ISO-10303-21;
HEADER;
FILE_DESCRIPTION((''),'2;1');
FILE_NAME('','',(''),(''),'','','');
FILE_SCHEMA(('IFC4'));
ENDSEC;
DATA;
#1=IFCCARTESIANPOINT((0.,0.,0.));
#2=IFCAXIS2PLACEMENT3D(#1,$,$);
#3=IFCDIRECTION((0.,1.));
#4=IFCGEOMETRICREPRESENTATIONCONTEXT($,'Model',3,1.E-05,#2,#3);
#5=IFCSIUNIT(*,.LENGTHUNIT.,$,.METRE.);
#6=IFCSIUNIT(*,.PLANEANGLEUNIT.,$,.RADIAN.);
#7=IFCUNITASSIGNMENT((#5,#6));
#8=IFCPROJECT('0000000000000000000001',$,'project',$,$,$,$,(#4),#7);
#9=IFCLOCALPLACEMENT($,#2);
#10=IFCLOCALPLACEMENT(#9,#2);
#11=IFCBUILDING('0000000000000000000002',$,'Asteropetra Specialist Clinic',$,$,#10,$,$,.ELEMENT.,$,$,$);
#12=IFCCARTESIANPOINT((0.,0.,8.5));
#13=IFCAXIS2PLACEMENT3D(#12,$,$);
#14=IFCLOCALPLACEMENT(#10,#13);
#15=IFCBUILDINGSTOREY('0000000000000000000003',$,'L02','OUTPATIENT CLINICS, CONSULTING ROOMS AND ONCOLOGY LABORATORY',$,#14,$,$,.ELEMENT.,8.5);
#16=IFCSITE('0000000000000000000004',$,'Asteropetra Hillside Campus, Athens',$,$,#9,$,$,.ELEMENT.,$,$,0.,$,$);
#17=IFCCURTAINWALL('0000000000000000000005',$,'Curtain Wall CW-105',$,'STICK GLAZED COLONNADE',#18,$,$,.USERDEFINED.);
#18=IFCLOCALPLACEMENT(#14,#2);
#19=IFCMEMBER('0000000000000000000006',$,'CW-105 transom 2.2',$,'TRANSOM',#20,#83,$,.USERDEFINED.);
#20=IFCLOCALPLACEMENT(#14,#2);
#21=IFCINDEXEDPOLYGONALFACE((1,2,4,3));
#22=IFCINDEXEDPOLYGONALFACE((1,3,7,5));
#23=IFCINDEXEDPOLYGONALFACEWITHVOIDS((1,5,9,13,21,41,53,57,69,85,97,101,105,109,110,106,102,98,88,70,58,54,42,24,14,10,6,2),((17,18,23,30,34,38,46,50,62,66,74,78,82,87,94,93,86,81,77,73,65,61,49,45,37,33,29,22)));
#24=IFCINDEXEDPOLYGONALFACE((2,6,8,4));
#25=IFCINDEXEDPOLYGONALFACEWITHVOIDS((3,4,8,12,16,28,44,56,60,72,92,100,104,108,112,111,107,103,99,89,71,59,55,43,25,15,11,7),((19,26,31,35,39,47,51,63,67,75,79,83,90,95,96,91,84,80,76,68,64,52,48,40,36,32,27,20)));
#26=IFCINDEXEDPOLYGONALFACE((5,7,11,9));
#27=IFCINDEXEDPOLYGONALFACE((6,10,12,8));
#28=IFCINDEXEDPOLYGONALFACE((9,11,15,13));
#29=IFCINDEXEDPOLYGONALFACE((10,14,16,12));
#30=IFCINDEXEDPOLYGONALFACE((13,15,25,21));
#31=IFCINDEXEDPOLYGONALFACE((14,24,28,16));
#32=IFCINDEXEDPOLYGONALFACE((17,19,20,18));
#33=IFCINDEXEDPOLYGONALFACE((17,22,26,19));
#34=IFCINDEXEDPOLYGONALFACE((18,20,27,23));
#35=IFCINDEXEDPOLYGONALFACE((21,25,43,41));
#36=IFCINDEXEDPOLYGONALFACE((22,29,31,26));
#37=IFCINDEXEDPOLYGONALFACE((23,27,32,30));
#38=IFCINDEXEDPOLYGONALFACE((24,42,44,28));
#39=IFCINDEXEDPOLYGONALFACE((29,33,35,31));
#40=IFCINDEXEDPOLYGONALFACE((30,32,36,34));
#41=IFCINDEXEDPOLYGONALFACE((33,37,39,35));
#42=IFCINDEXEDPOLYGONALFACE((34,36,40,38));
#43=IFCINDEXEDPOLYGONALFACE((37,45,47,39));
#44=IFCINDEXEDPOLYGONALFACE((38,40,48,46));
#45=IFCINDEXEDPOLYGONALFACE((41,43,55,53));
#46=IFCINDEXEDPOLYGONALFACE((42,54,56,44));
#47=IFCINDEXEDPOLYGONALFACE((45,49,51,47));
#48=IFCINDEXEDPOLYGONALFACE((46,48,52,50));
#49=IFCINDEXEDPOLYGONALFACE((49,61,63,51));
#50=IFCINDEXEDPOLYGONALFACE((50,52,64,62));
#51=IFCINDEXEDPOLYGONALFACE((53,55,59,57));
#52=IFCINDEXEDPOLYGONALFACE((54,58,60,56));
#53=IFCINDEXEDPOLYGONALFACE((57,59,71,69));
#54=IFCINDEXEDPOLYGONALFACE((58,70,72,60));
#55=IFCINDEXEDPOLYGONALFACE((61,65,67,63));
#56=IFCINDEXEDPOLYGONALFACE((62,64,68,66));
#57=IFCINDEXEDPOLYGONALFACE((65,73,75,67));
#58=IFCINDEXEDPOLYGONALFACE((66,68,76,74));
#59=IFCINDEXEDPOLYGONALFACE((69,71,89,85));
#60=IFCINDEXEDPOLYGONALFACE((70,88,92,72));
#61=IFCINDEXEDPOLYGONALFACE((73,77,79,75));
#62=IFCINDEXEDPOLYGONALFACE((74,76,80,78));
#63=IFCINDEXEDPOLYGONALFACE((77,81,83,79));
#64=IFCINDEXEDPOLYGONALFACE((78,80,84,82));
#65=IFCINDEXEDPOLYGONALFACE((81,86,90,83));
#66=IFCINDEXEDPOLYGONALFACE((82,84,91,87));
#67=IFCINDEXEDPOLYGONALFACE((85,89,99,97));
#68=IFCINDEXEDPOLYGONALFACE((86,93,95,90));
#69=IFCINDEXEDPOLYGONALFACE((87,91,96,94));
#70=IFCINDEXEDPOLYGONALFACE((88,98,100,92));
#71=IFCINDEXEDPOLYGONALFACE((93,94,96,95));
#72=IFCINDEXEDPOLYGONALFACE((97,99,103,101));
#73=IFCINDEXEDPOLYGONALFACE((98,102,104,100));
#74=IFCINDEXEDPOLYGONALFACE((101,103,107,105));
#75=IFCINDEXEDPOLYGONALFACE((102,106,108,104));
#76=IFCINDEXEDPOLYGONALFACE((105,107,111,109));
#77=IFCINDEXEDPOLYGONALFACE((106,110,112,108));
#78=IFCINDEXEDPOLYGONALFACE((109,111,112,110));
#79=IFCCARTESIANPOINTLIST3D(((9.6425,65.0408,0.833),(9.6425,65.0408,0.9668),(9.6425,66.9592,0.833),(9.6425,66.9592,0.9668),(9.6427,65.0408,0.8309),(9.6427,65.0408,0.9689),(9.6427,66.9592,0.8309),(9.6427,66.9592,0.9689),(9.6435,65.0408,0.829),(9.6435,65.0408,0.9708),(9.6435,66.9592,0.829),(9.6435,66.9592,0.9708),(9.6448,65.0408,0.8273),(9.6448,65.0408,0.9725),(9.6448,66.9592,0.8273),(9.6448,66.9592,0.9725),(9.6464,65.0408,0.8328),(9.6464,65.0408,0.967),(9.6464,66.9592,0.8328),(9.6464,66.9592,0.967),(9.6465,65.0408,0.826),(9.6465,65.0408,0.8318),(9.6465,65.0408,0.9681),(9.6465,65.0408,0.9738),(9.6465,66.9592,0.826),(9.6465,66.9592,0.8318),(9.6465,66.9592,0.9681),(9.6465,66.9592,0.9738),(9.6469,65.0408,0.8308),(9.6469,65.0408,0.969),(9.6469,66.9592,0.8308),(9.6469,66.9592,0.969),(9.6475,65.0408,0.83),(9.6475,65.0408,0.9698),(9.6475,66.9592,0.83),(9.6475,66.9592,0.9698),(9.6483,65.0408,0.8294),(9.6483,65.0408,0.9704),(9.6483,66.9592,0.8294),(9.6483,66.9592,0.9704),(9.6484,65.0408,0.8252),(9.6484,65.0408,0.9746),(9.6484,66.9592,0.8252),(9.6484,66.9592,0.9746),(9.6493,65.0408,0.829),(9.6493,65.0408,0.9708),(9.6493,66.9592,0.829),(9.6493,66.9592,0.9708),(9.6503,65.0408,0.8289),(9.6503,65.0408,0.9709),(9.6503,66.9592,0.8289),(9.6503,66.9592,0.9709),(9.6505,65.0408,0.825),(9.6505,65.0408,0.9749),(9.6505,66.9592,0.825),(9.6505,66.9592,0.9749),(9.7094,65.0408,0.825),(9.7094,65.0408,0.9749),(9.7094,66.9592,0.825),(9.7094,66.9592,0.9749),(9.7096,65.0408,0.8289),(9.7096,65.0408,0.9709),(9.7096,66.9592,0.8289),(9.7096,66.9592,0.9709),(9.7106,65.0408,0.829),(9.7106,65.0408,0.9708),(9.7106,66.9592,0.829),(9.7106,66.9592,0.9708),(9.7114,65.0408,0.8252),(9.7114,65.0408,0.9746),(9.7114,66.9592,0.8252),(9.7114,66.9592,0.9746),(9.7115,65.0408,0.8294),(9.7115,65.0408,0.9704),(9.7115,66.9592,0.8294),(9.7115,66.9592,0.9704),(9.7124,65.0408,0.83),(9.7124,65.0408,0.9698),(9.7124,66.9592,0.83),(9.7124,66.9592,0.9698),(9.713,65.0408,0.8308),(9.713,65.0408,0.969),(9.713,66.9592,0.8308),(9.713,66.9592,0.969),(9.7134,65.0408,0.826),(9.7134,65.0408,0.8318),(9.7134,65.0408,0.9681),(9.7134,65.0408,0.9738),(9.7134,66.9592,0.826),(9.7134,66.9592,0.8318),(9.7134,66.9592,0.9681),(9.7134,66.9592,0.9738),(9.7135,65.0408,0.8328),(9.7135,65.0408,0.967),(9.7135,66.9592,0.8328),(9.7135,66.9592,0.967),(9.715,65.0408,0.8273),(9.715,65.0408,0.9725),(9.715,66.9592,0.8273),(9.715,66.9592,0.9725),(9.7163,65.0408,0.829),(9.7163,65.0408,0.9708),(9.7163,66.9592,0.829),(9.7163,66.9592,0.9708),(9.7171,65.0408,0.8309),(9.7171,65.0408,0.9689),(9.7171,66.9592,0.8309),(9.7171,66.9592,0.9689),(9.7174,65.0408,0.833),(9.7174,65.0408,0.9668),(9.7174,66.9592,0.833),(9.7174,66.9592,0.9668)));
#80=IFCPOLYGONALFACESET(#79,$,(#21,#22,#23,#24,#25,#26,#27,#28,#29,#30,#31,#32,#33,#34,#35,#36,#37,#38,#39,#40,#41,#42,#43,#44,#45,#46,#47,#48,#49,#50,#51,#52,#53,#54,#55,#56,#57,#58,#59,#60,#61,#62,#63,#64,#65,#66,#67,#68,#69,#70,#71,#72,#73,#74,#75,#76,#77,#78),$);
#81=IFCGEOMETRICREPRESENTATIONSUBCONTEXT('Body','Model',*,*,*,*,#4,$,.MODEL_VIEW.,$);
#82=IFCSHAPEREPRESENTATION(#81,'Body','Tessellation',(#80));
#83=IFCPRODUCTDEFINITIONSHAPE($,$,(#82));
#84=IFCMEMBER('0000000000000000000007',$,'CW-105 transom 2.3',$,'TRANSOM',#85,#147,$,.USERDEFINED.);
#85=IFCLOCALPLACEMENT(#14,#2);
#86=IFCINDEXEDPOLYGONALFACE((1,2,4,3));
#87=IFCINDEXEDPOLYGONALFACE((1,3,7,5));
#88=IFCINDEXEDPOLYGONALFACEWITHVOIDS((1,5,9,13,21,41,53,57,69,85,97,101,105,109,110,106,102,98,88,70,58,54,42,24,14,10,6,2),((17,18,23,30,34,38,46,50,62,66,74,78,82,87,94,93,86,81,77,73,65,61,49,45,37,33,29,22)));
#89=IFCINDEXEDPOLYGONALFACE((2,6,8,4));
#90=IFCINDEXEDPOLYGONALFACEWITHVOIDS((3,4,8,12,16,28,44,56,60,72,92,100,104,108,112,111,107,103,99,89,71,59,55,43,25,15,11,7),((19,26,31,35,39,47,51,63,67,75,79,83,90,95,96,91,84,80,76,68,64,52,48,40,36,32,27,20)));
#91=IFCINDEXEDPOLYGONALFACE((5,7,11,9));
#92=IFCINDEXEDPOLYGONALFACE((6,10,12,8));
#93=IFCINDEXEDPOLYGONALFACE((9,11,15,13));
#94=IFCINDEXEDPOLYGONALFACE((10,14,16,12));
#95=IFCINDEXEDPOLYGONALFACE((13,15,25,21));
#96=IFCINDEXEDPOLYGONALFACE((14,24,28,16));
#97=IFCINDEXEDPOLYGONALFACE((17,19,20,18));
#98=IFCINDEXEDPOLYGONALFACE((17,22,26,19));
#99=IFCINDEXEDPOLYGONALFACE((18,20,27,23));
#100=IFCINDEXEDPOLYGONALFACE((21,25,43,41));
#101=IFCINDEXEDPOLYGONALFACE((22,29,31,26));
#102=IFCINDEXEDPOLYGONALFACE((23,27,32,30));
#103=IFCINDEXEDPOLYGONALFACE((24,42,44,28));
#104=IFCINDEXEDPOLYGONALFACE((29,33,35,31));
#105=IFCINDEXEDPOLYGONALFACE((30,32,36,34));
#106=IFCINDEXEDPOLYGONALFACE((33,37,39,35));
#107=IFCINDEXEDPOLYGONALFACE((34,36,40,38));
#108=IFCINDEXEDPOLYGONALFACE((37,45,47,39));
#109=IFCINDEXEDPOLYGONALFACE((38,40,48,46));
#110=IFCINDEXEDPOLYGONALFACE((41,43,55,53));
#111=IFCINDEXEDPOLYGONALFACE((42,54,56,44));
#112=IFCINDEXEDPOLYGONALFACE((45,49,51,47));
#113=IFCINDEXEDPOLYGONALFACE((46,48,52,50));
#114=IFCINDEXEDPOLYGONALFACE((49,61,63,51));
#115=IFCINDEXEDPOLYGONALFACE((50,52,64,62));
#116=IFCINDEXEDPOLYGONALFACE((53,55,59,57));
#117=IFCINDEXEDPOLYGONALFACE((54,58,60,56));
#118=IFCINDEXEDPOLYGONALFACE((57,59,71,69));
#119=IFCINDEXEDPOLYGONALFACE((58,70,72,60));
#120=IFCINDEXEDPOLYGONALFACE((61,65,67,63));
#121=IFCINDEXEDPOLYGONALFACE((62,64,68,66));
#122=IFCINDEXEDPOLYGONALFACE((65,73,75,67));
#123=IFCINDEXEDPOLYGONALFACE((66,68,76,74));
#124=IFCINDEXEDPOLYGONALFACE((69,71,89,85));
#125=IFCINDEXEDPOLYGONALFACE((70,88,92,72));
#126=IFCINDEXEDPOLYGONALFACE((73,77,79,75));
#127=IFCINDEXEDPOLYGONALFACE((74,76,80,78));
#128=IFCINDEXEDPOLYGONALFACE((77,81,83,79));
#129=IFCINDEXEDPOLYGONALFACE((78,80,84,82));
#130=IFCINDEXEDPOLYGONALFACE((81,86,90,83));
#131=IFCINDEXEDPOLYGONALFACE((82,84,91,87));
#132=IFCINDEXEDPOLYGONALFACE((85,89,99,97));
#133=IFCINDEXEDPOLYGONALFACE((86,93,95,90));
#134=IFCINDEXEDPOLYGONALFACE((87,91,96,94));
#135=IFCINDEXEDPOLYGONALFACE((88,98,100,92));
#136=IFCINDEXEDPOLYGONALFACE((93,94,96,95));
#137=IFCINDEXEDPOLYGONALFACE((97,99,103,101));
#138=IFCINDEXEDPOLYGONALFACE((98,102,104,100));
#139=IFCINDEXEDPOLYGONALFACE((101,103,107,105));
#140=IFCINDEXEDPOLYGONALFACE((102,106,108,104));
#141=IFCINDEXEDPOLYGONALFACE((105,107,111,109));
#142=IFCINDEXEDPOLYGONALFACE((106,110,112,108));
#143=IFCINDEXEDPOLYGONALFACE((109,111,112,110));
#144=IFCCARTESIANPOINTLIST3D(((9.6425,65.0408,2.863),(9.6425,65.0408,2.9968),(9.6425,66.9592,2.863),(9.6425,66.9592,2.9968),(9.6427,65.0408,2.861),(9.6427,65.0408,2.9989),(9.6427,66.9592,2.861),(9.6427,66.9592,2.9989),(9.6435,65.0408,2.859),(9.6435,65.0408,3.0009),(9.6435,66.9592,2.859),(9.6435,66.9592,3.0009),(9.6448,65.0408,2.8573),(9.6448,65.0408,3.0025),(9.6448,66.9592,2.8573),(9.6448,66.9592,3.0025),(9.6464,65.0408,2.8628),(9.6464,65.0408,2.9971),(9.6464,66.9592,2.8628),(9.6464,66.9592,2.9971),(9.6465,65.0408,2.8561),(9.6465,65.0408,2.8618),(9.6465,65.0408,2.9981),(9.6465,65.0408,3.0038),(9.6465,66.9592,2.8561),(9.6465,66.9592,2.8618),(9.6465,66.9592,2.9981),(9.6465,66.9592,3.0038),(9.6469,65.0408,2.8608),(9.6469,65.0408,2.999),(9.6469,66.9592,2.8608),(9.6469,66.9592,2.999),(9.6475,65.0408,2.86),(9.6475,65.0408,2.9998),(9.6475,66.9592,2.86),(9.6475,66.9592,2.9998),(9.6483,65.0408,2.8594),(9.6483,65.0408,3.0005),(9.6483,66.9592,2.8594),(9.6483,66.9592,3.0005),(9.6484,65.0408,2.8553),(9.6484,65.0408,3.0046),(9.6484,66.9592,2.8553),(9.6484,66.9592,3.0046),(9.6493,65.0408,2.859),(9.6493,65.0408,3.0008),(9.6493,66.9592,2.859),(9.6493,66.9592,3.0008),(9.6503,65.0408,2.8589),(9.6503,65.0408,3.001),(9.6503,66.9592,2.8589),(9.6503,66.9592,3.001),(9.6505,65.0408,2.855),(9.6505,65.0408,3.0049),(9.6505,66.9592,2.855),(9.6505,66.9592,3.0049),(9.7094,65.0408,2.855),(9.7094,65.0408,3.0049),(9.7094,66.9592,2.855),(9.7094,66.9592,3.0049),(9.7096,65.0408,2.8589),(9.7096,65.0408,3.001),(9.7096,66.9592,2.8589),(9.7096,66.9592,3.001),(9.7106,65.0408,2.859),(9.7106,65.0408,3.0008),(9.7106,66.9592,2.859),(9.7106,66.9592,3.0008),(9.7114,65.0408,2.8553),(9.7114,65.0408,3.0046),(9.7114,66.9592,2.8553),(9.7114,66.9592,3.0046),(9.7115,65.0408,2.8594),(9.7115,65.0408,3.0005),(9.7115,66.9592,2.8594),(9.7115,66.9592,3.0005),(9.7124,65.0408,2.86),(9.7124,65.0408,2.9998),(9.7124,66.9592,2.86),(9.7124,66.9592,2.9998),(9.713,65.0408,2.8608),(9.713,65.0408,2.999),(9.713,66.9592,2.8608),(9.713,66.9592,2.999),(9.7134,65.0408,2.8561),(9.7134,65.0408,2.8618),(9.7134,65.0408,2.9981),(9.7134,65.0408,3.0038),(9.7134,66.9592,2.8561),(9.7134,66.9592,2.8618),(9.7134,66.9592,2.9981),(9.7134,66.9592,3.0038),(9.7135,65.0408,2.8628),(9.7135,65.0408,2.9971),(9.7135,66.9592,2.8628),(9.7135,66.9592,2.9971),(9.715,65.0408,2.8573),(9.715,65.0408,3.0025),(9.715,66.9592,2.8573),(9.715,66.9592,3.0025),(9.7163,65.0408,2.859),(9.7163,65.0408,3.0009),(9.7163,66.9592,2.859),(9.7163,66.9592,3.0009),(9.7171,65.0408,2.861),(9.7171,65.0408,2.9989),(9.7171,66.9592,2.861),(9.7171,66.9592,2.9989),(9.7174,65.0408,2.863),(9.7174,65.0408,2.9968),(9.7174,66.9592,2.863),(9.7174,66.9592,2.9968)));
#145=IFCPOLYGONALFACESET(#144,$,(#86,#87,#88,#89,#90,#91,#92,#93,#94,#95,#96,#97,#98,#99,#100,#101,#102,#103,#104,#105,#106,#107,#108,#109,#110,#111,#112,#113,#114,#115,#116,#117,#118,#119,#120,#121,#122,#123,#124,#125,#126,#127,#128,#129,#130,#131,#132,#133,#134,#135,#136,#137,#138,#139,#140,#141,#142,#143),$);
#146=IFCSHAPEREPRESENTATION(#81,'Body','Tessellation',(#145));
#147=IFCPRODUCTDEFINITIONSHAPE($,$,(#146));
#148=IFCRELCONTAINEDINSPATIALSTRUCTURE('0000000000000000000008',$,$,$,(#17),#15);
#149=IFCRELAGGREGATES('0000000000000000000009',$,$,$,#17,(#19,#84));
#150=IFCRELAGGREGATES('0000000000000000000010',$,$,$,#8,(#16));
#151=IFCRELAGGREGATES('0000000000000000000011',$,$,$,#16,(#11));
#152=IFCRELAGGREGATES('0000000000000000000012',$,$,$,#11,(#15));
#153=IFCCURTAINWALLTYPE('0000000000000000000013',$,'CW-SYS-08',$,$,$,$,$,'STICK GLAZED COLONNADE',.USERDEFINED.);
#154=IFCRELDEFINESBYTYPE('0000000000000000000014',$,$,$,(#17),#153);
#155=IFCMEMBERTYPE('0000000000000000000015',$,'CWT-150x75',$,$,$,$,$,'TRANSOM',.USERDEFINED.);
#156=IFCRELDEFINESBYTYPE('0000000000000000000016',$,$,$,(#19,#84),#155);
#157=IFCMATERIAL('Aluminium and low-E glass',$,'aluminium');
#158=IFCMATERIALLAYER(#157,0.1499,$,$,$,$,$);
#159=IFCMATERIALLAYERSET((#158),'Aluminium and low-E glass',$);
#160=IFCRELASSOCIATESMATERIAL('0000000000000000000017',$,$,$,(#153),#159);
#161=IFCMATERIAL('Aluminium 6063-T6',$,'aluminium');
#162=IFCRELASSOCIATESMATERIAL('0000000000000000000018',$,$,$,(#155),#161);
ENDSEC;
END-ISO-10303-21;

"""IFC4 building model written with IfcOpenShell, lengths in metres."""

from ifc_helpers import new_model, si_unit, direction, frame, origin, origin_2d, place, context, subcontext, project, spatial, hollow_rectangle, extrude, material, layer, layer_set, material_profile, profile_set, type_object, element, aggregate, save


model = new_model("IFC4")

# Units and contexts
model_context = context("Model", 3, precision=1e-05, world=origin(), true_north=direction((0.0, 1.0)))
body_context = subcontext(model_context, "Body", "Model", "MODEL_VIEW")
ifc_project = project(units=[si_unit("LENGTHUNIT", "METRE"), si_unit("PLANEANGLEUNIT", "RADIAN")], contexts=[model_context])

# Site, building, storey
site_placement = place(None, origin())
site = spatial("IfcSite", under=ifc_project, at=site_placement, Name="Asteropetra Hillside Campus, Athens", CompositionType="ELEMENT", RefElevation=0.0)
building_placement = place(site_placement, origin())
building = spatial("IfcBuilding", under=site, at=building_placement, Name="Asteropetra Specialist Clinic", CompositionType="ELEMENT")
storey_placement = place(building_placement, frame((0.0, 0.0, 8.5)))
storey = spatial("IfcBuildingStorey", under=building, at=storey_placement, Name="L02", Description="OUTPATIENT CLINICS, CONSULTING ROOMS AND ONCOLOGY LABORATORY", CompositionType="ELEMENT", Elevation=8.5)

# Curtain wall, members
ifc_material_1 = material(Name="Aluminium and low-E glass", Category="aluminium")
ifc_layer_1 = layer(ifc_material_1, 0.1499)
ifc_layer_set_1 = layer_set([ifc_layer_1], Name="Aluminium and low-E glass")
curtain_wall_type = type_object("IfcCurtainWallType", Name="CW-SYS-08", ElementType="STICK GLAZED COLONNADE", PredefinedType="USERDEFINED", material=ifc_layer_set_1)
curtain_wall_placement = place(storey_placement, origin())
curtain_wall = element("IfcCurtainWall", 1, at=curtain_wall_placement, inside=storey, type_object=curtain_wall_type, Name="Curtain Wall CW-105", ObjectType="STICK GLAZED COLONNADE", PredefinedType="USERDEFINED")
ifc_material_2 = material(Name="Aluminium 6063-T6", Category="aluminium")
ifc_material_profile_1 = material_profile(ifc_material_2, hollow_rectangle(XDim=0.075, YDim=0.1499, WallThickness=0.0039, InnerFilletRadius=0.0039, OuterFilletRadius=0.0081, at=origin_2d()), Name="TRN 150x75x4.0")
ifc_profile_set_1 = profile_set([ifc_material_profile_1], Name="Aluminium 6063-T6")
member_type_1 = type_object("IfcMemberType", Name="CWT-150x75", ElementType="TRANSOM", PredefinedType="USERDEFINED", material=ifc_profile_set_1)
member_1_placement = place(storey_placement, frame((9.6799, 65.0408, 0.8999), z_axis=(0.0, 1.0, 0.0), x_axis=(-1.0, 0.0, 0.0)))
member_1 = element("IfcMember", 2, at=member_1_placement, type_object=member_type_1, Name="CW-105 transom 2.2", ObjectType="TRANSOM", PredefinedType="USERDEFINED", context=body_context, shape_type="SweptSolid", body=[
    extrude(hollow_rectangle(XDim=0.075, YDim=0.1499, WallThickness=0.0039, InnerFilletRadius=0.0039, OuterFilletRadius=0.0081, at=origin_2d()), origin(), (0.0, 0.0, 1.0), 1.9185),
])
member_2_placement = place(storey_placement, frame((9.6799, 65.0408, 2.9299), z_axis=(0.0, 1.0, 0.0), x_axis=(-1.0, 0.0, 0.0)))
member_2 = element("IfcMember", 3, at=member_2_placement, type_object=member_type_1, Name="CW-105 transom 2.3", ObjectType="TRANSOM", PredefinedType="USERDEFINED", context=body_context, shape_type="SweptSolid", body=[
    extrude(hollow_rectangle(XDim=0.075, YDim=0.1499, WallThickness=0.0039, InnerFilletRadius=0.0039, OuterFilletRadius=0.0081, at=origin_2d()), origin(), (0.0, 0.0, 1.0), 1.9185),
])

aggregate(curtain_wall, [member_1, member_2])

save(model, "model.ifc")
